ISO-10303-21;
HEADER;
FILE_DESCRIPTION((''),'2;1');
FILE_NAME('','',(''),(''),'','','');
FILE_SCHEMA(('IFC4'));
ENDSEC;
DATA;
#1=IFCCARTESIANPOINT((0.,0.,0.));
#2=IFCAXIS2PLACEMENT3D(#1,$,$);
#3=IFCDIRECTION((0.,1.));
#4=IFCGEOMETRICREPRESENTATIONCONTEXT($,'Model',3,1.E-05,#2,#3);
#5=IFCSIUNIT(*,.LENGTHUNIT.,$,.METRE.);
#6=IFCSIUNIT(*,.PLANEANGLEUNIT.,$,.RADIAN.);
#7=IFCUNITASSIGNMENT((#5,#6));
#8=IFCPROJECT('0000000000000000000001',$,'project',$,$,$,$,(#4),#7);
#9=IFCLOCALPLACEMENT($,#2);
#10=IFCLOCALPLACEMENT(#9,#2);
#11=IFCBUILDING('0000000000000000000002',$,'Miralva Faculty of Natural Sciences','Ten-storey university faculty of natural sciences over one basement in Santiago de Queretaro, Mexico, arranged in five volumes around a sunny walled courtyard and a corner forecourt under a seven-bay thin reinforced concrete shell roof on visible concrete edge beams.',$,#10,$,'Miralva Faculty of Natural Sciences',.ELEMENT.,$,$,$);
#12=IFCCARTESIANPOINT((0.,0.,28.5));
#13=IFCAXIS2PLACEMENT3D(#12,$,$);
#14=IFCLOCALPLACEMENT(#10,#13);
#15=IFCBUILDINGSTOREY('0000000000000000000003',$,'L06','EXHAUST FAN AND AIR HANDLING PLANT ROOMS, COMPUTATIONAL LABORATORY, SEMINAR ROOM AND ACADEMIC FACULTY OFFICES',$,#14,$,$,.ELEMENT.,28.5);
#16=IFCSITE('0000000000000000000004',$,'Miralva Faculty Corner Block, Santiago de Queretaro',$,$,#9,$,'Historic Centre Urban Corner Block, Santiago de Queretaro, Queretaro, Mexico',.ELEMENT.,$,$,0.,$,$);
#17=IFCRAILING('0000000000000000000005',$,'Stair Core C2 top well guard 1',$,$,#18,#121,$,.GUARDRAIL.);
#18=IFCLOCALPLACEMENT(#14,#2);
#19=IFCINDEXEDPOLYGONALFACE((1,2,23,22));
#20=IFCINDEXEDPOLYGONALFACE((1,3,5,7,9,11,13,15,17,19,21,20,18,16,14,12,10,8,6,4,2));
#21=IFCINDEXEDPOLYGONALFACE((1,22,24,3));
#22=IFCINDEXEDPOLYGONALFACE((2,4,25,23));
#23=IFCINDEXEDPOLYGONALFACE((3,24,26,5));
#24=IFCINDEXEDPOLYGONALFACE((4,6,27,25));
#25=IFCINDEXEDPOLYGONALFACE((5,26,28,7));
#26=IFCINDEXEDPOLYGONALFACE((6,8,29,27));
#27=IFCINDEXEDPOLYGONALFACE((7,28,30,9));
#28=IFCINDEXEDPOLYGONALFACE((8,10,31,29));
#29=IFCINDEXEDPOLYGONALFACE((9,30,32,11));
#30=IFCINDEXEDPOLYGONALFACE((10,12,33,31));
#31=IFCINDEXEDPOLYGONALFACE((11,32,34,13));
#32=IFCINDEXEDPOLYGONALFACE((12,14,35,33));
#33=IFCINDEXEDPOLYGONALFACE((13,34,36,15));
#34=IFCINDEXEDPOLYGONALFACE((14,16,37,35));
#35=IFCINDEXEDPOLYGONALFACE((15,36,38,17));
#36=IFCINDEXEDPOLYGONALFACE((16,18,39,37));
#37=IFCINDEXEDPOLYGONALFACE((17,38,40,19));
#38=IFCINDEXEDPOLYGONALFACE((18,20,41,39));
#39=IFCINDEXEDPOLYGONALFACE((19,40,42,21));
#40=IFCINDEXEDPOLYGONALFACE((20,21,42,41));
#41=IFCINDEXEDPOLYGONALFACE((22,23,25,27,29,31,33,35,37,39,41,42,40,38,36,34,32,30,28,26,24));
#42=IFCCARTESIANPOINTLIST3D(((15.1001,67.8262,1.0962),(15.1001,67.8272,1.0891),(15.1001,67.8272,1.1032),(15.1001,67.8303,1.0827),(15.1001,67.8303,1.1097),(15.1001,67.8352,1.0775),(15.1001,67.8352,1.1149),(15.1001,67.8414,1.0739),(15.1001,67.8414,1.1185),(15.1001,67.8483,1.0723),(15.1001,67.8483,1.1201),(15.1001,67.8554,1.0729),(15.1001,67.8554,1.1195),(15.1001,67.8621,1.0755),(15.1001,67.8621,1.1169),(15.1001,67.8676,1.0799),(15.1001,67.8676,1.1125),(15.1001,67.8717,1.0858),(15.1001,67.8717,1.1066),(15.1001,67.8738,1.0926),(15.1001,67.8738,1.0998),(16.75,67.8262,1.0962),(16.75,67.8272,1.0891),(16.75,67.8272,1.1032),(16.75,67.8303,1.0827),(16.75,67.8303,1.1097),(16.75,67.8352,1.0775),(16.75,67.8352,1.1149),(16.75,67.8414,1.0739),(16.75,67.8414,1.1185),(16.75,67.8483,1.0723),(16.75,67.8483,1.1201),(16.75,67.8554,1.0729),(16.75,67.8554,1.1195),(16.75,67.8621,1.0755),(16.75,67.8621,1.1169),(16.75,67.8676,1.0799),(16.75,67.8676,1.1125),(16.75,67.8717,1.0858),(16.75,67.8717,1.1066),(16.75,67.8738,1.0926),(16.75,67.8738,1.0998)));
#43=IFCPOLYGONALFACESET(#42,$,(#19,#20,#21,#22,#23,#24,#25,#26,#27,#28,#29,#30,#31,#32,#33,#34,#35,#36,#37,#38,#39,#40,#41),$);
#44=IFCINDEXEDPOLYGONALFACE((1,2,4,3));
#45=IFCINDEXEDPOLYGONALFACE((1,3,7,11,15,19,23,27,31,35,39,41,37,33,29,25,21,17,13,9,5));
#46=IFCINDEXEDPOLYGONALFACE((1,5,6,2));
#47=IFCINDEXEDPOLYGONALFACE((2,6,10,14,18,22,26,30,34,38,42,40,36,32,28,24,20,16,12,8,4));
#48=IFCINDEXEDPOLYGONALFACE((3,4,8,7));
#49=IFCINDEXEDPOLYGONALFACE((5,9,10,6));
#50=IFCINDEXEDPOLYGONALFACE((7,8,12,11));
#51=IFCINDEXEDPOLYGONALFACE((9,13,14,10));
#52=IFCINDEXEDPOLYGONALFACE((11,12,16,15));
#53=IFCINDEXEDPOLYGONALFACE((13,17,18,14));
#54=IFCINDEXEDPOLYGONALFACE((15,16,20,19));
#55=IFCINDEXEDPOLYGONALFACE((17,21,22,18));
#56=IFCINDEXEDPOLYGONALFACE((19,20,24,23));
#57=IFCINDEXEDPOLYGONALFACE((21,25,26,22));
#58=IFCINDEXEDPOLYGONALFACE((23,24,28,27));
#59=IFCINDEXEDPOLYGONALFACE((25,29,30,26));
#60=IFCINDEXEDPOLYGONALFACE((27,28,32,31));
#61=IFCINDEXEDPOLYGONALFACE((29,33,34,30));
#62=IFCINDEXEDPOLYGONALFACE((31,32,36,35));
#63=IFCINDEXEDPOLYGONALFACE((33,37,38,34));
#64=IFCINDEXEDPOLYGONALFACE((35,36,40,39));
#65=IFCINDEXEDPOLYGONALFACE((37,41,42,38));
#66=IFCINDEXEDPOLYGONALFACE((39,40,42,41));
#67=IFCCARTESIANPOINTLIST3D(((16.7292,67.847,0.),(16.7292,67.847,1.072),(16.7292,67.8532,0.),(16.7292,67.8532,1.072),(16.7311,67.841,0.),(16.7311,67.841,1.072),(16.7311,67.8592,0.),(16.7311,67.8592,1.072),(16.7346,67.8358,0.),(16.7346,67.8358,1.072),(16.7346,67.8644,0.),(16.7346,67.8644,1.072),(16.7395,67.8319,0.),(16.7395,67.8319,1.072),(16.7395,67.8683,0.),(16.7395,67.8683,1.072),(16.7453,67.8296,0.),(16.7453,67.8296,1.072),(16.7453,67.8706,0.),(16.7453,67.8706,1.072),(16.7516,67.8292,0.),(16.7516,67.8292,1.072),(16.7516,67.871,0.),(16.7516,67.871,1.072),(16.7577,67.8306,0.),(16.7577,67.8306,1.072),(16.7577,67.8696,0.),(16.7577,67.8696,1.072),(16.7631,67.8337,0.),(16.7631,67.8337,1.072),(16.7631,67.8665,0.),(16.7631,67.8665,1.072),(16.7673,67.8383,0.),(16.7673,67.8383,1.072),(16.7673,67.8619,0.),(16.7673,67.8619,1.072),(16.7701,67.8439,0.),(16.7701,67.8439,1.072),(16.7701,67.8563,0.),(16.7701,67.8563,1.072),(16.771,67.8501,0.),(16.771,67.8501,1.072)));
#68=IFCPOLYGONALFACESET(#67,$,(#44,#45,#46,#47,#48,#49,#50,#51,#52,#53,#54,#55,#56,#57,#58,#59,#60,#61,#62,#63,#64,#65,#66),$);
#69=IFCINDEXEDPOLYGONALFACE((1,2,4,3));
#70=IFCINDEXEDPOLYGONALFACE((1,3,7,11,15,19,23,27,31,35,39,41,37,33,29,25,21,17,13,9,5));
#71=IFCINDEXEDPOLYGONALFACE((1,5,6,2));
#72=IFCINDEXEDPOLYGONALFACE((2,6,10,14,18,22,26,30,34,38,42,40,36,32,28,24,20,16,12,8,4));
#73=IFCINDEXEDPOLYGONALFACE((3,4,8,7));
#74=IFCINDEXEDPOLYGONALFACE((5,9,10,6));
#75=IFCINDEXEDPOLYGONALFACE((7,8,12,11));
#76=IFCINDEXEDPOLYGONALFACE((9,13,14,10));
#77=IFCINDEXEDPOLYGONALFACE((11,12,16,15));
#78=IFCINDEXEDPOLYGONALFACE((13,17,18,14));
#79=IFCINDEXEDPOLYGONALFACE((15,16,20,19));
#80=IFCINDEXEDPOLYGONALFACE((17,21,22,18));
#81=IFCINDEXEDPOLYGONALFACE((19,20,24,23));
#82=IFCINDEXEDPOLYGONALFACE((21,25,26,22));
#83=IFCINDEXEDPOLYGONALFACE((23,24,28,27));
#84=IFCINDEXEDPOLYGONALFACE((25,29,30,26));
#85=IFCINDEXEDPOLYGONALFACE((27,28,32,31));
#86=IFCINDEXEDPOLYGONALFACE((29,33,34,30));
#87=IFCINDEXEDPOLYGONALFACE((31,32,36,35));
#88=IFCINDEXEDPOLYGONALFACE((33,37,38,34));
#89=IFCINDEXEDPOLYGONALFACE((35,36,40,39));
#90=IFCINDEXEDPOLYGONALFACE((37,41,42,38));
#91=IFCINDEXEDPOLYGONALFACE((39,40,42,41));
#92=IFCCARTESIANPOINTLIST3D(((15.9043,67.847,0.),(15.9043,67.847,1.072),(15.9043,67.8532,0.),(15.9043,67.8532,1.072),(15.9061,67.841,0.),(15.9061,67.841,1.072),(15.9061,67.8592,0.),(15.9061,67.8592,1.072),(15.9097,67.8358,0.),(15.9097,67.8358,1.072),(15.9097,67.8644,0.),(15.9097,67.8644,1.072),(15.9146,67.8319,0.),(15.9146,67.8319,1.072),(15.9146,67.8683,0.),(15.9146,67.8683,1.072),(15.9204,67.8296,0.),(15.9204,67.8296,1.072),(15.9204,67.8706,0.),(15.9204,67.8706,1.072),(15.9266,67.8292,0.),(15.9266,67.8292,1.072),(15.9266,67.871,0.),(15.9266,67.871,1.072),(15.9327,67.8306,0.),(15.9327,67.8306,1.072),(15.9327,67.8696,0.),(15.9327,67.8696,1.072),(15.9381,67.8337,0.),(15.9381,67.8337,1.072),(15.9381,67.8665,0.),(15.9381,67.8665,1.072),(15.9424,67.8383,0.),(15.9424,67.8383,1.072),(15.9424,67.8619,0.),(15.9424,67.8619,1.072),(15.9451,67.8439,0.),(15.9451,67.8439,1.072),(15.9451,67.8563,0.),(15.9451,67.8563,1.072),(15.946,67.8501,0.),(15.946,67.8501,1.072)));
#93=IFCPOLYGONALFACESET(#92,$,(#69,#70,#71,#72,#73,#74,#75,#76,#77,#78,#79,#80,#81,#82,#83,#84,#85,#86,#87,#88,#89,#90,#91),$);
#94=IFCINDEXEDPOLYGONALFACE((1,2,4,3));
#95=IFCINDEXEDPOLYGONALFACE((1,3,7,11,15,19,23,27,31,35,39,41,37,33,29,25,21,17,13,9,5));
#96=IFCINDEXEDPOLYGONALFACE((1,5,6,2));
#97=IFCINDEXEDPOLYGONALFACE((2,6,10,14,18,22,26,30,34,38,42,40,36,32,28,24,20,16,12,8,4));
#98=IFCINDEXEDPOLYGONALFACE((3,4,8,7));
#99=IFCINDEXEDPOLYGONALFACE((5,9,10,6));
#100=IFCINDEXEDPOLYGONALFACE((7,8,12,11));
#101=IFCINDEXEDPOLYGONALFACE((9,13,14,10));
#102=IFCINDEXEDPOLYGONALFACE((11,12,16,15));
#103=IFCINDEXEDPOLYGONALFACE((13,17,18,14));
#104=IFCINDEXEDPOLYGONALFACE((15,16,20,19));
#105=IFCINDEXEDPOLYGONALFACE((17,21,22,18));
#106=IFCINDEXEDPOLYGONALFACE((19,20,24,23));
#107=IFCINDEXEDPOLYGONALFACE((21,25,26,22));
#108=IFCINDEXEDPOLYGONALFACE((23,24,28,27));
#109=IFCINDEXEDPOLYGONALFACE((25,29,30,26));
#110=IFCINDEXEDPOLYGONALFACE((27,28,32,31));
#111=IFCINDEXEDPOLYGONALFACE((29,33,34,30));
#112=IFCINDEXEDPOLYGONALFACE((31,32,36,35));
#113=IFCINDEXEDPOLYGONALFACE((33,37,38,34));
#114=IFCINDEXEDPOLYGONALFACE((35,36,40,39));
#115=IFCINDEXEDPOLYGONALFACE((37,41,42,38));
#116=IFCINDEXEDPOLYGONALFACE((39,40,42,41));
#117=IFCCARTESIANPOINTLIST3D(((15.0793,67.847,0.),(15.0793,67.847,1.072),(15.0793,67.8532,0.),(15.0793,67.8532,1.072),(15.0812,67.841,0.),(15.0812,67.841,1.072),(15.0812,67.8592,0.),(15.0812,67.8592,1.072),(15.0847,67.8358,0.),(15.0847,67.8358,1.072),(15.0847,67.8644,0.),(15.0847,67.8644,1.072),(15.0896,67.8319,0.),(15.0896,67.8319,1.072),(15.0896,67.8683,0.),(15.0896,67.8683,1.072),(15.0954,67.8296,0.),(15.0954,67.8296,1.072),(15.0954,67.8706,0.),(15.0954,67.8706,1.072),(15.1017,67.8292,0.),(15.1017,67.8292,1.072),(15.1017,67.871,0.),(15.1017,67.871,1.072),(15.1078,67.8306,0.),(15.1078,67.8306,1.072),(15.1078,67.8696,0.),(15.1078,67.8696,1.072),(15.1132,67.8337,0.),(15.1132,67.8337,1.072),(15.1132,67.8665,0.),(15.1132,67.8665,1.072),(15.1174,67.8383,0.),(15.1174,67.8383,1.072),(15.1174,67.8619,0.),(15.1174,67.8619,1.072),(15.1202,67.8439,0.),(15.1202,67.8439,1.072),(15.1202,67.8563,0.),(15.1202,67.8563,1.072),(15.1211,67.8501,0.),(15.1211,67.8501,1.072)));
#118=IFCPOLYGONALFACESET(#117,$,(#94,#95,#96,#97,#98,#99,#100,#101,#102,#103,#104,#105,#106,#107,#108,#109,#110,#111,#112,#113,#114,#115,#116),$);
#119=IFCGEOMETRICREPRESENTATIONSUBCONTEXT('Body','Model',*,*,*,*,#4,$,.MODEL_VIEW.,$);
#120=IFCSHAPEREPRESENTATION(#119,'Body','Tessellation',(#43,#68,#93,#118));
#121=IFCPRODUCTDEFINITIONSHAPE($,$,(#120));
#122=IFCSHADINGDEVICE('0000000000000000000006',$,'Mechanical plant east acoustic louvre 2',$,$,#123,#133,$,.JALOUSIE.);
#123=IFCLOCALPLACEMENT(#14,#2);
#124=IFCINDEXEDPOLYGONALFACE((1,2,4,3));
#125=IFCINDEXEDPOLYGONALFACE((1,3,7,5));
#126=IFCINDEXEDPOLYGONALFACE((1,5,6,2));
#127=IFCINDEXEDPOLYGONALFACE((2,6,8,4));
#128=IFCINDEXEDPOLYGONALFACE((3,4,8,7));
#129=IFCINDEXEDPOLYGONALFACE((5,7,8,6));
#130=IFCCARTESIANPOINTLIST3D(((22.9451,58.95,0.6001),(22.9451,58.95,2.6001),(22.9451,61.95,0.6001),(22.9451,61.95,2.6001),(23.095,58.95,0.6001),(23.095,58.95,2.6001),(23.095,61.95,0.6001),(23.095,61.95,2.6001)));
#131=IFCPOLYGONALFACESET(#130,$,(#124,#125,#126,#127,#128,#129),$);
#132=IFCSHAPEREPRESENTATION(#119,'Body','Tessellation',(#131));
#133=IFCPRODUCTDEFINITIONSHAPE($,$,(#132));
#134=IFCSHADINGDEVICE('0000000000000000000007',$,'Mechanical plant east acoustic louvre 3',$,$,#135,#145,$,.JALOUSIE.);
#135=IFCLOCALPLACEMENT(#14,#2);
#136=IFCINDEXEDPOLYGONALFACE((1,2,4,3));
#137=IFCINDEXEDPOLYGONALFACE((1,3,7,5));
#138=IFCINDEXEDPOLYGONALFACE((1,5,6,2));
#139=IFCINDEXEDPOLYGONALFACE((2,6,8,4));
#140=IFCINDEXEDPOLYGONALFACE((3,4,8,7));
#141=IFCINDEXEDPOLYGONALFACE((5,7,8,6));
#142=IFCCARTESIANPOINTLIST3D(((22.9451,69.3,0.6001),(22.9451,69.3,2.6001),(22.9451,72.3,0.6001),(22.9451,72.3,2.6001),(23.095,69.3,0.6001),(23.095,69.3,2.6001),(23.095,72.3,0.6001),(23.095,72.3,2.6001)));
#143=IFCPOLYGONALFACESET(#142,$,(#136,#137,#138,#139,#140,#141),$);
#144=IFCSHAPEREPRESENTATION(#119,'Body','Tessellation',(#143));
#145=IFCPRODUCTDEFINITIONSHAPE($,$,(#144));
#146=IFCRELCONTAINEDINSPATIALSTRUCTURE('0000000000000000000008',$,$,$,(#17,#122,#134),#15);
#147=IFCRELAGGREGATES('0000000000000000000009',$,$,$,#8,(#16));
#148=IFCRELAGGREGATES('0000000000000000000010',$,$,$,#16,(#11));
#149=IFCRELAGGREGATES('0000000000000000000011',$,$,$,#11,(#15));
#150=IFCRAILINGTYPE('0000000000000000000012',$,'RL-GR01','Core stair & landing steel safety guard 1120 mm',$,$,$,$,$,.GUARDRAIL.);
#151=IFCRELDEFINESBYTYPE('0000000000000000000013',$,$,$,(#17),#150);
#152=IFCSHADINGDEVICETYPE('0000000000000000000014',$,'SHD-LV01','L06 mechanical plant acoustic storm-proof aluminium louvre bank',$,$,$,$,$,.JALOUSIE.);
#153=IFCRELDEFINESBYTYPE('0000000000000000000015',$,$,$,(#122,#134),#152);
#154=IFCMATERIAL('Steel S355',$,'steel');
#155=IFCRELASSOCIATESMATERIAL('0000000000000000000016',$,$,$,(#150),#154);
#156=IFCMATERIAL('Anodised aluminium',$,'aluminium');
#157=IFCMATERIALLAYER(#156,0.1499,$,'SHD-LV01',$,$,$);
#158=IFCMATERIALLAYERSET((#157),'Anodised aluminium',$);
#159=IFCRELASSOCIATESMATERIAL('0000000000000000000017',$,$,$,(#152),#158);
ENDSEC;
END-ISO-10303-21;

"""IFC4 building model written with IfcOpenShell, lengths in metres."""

from ifc_helpers import new_model, si_unit, direction, frame, origin, origin_2d, place, context, subcontext, project, spatial, rectangle, circle, extrude, material, layer, layer_set, type_object, element, save


model = new_model("IFC4")

# Units and contexts
model_context = context("Model", 3, precision=1e-05, world=origin(), true_north=direction((0.0, 1.0)))
body_context = subcontext(model_context, "Body", "Model", "MODEL_VIEW")
ifc_project = project(units=[si_unit("LENGTHUNIT", "METRE"), si_unit("PLANEANGLEUNIT", "RADIAN")], contexts=[model_context])

# Site, building, storey
site_placement = place(None, origin())
site = spatial("IfcSite", under=ifc_project, at=site_placement, Name="Miralva Faculty Corner Block, Santiago de Queretaro", LongName="Historic Centre Urban Corner Block, Santiago de Queretaro, Queretaro, Mexico", CompositionType="ELEMENT", RefElevation=0.0)
building_placement = place(site_placement, origin())
building = spatial("IfcBuilding", under=site, at=building_placement, Name="Miralva Faculty of Natural Sciences", Description="Ten-storey university faculty of natural sciences over one basement in Santiago de Queretaro, Mexico, arranged in five volumes around a sunny walled courtyard and a corner forecourt under a seven-bay thin reinforced concrete shell roof on visible concrete edge beams.", LongName="Miralva Faculty of Natural Sciences", CompositionType="ELEMENT")
storey_placement = place(building_placement, frame((0.0, 0.0, 28.5)))
storey = spatial("IfcBuildingStorey", under=building, at=storey_placement, Name="L06", Description="EXHAUST FAN AND AIR HANDLING PLANT ROOMS, COMPUTATIONAL LABORATORY, SEMINAR ROOM AND ACADEMIC FACULTY OFFICES", CompositionType="ELEMENT", Elevation=28.5)

# Shared definitions
ifc_material_1 = material(Name="Steel S355", Category="steel")

# Railing
railing_type = type_object("IfcRailingType", Name="RL-GR01", Description="Core stair & landing steel safety guard 1120 mm", PredefinedType="GUARDRAIL", material=ifc_material_1)
railing_placement = place(storey_placement, frame((16.75, 67.8501, 0.0)))
element("IfcRailing", 1, at=railing_placement, inside=storey, type_object=railing_type, Name="Stair Core C2 top well guard 1", PredefinedType="GUARDRAIL", context=body_context, shape_type="SweptSolid", body=[
    extrude(circle(Radius=0.0239, at=origin_2d()), frame((0.0, 0.0, 1.0962), z_axis=(-1.0, 0.0, 0.0), x_axis=(0.0, -1.0, 0.0)), (0.0, 0.0, 1.0), 1.6499),
    extrude(circle(Radius=0.021, at=origin_2d()), origin(), (0.0, 0.0, 1.0), 1.072),
    extrude(circle(Radius=0.021, at=origin_2d()), frame((-0.825, 0.0, 0.0)), (0.0, 0.0, 1.0), 1.072),
    extrude(circle(Radius=0.021, at=origin_2d()), frame((-1.6499, 0.0, 0.0)), (0.0, 0.0, 1.0), 1.072),
])

# Shading devices
ifc_material_2 = material(Name="Anodised aluminium", Category="aluminium")
ifc_layer_1 = layer(ifc_material_2, 0.1499, Name="SHD-LV01")
ifc_layer_set_1 = layer_set([ifc_layer_1], Name="Anodised aluminium")
shading_device_type = type_object("IfcShadingDeviceType", Name="SHD-LV01", Description="L06 mechanical plant acoustic storm-proof aluminium louvre bank", PredefinedType="JALOUSIE", material=ifc_layer_set_1)
for number, where, z_axis, x_axis, name in (
    (2, (23.02, 60.45, 0.6001), (0.0, 0.0, 1.0), (1.0, 0.0, 0.0), "Mechanical plant east acoustic louvre 2"),
    (3, (23.02, 70.8, 0.6001), (0.0, 0.0, 1.0), (1.0, 0.0, 0.0), "Mechanical plant east acoustic louvre 3"),
):
    element("IfcShadingDevice", number, at=place(storey_placement, frame(where, z_axis=z_axis, x_axis=x_axis)), inside=storey, type_object=shading_device_type, Name=name, PredefinedType="JALOUSIE", context=body_context, shape_type="SweptSolid", body=[
        extrude(rectangle(XDim=0.1499, YDim=3.0, at=origin_2d()), origin(), (0.0, 0.0, 1.0), 2.0),
    ])

save(model, "model.ifc")
